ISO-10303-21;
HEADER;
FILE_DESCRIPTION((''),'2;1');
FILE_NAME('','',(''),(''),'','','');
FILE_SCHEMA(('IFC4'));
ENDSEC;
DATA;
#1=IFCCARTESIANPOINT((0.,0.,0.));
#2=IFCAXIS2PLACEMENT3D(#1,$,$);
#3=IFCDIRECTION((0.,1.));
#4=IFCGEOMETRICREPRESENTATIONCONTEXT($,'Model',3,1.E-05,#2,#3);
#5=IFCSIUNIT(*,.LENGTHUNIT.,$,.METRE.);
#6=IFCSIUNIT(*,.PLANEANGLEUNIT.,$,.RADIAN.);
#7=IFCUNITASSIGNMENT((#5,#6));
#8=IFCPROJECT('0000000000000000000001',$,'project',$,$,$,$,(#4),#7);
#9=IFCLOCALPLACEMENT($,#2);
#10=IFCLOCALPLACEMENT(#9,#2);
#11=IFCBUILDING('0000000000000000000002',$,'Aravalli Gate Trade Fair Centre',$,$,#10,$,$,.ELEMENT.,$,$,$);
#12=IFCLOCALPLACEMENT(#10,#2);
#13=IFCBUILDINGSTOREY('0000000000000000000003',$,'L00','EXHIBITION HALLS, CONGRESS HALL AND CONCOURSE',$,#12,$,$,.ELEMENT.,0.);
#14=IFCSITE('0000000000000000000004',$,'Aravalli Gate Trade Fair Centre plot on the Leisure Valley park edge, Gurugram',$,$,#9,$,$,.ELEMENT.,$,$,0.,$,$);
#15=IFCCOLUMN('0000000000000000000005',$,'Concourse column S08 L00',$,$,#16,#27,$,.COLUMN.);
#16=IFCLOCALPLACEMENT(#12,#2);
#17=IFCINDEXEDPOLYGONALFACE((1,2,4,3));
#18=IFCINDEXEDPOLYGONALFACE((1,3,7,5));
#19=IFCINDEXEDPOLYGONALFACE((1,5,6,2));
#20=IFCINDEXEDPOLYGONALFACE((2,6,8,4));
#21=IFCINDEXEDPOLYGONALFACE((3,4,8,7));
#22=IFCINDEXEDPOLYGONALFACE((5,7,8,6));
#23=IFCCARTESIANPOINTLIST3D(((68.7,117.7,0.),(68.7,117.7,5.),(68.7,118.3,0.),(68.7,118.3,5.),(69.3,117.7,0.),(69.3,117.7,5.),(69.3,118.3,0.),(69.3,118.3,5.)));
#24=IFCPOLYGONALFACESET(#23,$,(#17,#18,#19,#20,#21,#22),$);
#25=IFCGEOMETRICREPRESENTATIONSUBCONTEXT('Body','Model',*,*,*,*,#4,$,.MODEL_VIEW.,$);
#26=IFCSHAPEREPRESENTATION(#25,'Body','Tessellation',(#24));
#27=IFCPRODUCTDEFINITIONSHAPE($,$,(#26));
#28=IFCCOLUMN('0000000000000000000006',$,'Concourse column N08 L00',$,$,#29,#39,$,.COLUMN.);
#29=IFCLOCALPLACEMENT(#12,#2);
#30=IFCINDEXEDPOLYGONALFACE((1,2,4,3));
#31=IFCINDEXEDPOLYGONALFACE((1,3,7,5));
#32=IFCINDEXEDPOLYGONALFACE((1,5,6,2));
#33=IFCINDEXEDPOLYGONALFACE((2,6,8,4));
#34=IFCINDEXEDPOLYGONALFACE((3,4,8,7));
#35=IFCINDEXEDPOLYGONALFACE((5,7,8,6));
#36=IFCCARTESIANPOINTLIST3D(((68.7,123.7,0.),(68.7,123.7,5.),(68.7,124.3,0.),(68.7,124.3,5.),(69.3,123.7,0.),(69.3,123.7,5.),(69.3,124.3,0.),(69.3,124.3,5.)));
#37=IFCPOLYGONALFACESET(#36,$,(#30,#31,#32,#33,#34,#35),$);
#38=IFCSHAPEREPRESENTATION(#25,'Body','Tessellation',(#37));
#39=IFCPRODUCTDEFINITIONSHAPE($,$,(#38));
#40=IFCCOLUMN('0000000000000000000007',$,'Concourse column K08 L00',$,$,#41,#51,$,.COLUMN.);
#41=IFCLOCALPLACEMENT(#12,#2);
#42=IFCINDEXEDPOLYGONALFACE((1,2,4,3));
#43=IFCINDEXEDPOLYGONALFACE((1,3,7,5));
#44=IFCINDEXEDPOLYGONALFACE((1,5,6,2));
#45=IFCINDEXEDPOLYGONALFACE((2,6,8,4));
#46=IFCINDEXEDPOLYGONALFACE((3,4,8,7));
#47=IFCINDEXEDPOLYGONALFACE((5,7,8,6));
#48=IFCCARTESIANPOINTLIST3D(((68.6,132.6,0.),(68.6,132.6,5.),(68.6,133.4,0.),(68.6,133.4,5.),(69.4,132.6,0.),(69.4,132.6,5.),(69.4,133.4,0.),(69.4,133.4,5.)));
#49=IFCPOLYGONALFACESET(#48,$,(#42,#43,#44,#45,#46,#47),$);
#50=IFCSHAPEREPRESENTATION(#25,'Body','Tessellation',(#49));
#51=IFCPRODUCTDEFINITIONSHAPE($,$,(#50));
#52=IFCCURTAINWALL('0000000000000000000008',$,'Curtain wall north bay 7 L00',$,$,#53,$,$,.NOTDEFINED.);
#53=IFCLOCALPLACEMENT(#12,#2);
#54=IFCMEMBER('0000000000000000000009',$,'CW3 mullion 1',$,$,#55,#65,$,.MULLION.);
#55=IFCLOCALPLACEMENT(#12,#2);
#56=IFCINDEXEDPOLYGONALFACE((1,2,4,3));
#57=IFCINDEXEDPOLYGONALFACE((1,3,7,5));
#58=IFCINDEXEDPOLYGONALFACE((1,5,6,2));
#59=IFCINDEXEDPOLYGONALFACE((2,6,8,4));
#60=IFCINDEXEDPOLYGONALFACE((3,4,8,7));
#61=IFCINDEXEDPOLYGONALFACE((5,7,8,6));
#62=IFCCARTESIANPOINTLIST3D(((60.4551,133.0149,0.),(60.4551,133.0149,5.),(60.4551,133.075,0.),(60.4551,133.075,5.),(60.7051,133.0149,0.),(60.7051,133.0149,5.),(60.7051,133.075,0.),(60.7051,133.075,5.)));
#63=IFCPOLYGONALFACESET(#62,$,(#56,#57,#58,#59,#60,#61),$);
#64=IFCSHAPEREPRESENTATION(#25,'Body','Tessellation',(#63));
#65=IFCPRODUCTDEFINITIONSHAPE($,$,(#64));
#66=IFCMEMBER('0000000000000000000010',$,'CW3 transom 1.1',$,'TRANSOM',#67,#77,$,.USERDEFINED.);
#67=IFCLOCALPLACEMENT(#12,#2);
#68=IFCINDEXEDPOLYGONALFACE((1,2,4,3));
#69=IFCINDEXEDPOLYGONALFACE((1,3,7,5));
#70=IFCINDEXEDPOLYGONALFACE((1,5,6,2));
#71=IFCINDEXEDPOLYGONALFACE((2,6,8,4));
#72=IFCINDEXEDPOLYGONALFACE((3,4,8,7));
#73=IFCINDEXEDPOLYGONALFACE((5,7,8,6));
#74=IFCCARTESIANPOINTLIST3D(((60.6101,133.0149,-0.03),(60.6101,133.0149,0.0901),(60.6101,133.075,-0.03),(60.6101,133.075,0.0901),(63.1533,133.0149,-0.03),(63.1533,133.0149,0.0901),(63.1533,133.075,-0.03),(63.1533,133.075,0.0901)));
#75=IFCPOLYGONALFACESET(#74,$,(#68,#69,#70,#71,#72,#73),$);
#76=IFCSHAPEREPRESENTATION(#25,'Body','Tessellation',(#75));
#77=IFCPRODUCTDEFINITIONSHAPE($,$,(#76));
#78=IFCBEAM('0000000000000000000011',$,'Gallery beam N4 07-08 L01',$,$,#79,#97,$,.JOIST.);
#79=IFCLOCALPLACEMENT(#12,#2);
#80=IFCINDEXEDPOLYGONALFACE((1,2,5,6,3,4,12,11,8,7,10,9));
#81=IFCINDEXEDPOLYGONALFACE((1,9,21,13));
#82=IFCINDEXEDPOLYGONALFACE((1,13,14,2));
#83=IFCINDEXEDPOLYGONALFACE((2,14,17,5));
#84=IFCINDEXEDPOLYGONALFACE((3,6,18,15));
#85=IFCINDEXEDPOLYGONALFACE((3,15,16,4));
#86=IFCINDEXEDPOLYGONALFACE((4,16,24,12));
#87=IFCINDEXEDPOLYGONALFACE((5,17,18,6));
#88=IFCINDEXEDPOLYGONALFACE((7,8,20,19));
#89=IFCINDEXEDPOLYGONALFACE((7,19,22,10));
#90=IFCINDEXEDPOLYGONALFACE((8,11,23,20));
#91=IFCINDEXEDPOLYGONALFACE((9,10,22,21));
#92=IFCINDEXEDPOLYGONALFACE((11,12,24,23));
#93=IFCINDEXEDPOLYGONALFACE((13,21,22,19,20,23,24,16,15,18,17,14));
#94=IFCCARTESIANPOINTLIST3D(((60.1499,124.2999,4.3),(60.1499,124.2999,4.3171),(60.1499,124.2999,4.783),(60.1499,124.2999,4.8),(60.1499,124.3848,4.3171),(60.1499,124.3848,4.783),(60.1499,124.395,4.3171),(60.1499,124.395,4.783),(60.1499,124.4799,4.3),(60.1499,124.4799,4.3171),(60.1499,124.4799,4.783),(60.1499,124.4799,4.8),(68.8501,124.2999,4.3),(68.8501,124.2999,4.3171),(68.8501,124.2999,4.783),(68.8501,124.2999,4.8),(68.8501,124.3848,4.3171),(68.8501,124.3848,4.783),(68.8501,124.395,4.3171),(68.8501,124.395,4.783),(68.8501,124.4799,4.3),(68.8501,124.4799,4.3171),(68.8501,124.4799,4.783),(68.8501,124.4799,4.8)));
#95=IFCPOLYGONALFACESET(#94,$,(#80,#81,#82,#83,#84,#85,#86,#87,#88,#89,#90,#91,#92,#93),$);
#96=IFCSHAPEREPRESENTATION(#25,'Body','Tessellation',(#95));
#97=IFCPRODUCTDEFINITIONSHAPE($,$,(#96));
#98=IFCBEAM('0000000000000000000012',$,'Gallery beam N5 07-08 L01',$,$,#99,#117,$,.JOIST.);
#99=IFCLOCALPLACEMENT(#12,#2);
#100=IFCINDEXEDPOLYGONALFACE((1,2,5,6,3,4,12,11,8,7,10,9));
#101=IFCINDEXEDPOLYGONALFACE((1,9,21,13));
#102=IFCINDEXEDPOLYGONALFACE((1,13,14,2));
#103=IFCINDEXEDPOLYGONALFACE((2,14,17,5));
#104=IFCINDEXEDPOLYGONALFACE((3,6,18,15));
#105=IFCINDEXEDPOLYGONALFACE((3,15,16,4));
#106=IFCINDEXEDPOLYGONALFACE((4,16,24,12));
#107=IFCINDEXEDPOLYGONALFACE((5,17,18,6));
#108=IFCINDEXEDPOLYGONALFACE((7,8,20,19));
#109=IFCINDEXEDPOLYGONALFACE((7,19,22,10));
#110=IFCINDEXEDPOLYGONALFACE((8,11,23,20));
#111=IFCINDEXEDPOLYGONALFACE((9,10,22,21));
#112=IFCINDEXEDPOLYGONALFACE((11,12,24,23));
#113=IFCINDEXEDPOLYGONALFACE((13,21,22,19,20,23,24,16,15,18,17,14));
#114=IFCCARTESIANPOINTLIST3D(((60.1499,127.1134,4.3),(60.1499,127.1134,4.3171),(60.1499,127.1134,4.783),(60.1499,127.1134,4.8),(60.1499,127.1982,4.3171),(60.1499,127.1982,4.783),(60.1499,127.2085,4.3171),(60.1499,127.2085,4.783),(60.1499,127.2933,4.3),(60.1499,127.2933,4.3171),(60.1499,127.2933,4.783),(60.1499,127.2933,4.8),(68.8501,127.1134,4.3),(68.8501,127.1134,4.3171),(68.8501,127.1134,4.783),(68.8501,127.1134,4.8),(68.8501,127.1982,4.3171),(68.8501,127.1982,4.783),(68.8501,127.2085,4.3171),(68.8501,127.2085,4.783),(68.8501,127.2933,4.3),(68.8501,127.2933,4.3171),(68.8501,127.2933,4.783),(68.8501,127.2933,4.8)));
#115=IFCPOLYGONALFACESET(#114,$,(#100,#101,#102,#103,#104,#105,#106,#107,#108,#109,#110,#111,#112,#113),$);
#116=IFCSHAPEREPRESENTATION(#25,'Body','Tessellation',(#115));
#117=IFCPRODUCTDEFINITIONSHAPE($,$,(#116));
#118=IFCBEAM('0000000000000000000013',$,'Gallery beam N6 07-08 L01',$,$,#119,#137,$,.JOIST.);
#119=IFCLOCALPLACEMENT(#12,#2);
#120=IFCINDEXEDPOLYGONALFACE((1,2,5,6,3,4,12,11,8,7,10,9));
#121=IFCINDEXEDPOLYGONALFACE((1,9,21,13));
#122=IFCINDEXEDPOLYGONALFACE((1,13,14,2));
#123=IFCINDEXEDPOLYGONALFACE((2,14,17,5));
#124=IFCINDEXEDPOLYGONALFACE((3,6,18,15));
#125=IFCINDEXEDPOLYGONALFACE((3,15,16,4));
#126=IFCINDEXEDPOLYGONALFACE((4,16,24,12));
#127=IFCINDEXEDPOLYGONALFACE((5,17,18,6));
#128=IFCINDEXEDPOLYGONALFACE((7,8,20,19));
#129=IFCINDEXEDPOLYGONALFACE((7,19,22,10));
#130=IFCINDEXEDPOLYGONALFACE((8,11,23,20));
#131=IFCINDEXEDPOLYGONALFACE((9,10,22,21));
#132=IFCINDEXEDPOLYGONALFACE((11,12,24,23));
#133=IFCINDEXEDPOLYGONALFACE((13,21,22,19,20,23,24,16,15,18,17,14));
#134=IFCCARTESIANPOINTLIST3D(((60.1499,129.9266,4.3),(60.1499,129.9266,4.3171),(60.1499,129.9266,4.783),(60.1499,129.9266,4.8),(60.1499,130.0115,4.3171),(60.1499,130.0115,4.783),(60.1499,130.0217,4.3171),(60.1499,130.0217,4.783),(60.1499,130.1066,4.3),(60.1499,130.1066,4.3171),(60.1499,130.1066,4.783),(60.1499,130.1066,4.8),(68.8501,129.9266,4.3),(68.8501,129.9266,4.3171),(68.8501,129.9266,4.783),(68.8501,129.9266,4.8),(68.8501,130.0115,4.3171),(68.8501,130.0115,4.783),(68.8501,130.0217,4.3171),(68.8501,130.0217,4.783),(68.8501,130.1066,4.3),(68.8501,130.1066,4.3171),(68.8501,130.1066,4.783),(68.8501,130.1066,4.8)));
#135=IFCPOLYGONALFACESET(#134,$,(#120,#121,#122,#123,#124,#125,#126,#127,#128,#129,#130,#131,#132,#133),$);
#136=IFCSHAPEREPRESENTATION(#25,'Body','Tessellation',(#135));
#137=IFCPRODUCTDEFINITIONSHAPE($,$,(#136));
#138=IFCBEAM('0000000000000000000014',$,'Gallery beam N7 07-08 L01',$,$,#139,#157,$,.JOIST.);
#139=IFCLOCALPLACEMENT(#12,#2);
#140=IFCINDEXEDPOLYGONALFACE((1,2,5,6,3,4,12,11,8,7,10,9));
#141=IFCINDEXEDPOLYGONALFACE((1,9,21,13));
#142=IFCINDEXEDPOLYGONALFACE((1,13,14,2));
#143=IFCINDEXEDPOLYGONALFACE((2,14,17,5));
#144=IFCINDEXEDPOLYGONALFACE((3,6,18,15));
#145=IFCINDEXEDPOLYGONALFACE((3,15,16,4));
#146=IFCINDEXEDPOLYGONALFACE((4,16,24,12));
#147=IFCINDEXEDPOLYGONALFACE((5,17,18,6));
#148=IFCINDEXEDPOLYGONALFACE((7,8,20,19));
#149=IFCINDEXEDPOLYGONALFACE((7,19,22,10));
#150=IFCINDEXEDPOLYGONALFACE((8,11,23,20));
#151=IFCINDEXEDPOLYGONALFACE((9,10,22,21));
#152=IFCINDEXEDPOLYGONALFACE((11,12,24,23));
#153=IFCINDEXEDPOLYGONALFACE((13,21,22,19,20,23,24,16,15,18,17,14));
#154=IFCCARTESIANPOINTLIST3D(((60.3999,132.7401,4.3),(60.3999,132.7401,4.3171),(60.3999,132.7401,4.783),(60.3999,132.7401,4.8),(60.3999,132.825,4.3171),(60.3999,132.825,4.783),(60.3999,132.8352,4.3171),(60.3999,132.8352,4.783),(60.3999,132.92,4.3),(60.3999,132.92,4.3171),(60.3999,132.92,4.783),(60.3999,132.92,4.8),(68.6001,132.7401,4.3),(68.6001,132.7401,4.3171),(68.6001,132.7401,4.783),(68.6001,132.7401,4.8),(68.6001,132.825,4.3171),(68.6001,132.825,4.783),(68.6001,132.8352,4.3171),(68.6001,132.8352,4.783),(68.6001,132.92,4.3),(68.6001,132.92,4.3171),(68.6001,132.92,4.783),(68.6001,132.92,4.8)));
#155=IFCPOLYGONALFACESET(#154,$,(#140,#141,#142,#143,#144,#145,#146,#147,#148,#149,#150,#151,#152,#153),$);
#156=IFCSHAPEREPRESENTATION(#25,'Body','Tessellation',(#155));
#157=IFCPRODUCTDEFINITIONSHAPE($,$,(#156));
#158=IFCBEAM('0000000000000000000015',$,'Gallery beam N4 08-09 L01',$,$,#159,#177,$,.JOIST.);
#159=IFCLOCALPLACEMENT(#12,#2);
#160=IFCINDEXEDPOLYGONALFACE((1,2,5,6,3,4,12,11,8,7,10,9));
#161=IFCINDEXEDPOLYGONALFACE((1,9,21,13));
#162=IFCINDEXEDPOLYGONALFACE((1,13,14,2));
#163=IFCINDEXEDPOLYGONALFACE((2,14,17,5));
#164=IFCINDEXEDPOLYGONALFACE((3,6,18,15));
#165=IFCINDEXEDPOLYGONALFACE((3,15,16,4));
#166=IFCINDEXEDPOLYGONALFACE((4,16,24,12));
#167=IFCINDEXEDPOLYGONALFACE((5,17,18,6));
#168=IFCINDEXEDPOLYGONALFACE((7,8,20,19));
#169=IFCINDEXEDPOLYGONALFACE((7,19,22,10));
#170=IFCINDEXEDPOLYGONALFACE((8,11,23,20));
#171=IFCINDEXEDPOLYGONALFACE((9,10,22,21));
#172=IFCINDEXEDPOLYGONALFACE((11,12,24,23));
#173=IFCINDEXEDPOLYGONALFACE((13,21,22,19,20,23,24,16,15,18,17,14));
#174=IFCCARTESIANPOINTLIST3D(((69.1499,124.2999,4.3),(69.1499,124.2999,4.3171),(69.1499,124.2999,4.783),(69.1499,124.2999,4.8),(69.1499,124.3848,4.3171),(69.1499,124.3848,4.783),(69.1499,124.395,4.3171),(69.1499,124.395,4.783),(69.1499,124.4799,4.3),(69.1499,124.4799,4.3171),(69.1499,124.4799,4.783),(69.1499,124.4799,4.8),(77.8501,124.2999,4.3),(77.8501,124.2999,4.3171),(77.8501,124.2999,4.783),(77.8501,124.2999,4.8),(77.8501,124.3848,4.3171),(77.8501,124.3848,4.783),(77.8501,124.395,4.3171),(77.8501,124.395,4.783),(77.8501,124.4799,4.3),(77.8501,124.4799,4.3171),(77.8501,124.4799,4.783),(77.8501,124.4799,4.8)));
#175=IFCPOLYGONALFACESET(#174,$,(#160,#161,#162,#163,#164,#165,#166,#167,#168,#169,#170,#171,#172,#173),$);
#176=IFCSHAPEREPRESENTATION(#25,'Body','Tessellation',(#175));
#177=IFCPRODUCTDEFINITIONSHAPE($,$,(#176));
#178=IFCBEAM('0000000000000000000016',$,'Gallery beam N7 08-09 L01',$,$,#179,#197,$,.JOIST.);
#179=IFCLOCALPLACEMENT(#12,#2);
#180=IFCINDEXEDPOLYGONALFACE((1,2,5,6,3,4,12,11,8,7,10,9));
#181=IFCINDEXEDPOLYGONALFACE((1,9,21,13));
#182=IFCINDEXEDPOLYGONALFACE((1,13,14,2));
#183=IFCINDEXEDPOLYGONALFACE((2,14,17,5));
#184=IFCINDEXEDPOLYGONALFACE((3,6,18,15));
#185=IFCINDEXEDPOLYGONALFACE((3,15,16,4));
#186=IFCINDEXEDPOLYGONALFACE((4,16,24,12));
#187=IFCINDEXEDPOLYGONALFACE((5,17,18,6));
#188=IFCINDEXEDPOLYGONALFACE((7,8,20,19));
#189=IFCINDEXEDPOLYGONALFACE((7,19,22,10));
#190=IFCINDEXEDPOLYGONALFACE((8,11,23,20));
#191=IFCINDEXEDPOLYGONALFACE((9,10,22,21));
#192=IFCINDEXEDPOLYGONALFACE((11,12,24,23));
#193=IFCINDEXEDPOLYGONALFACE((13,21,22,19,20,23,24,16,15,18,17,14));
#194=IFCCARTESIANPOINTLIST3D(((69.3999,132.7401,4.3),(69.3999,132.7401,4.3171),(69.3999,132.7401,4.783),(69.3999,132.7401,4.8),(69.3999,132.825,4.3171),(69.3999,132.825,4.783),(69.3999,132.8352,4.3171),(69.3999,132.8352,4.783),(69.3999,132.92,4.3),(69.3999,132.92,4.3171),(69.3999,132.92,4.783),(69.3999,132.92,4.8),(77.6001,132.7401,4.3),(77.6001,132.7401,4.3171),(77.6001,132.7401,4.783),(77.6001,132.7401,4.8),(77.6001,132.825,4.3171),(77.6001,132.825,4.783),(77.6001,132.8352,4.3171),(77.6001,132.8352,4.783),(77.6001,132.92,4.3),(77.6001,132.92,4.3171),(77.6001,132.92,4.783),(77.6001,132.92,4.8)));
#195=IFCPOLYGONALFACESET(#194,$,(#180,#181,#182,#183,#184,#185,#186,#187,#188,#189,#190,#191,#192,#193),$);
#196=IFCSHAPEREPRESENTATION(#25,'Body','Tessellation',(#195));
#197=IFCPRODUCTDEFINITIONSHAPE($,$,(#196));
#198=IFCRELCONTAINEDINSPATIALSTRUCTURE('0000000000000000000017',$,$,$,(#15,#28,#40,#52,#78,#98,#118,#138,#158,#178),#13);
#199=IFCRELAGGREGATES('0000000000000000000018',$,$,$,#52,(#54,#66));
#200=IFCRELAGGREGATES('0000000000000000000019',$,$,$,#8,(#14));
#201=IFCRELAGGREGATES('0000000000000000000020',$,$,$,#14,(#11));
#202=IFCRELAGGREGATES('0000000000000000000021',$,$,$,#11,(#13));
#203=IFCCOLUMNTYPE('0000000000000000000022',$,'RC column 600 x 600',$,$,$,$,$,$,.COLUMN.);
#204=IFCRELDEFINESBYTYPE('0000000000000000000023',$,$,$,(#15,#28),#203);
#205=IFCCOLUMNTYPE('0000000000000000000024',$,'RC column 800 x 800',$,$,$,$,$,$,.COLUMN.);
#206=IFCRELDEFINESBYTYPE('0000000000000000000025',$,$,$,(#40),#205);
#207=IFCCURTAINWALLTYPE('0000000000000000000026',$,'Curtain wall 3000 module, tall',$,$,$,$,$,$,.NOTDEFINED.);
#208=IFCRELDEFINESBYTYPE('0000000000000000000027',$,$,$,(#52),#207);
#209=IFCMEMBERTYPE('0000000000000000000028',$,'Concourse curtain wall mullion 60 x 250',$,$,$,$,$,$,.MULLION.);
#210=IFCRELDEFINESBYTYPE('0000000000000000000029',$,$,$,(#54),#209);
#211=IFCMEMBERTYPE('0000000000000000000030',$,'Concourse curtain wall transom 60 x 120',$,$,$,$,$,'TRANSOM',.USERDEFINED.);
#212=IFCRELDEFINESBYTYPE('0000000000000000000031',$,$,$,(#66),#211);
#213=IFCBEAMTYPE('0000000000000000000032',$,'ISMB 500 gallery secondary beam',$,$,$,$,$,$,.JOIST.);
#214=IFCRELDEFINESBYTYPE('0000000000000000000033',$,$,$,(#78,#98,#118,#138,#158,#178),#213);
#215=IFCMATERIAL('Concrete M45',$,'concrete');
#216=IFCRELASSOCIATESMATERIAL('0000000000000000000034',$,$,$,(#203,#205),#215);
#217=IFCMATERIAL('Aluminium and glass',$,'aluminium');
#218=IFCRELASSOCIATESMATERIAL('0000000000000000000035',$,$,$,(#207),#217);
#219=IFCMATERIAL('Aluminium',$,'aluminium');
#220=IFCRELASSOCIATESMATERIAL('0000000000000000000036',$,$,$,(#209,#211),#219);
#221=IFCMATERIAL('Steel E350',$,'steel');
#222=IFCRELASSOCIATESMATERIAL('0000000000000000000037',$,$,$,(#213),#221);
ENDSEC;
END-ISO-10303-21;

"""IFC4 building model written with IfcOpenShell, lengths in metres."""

from ifc_helpers import new_model, si_unit, direction, frame, origin, origin_2d, place, context, subcontext, project, spatial, rectangle, i_section, extrude, material, material_profile, profile_set, type_object, element, aggregate, save


model = new_model("IFC4")

# Units and contexts
model_context = context("Model", 3, precision=1e-05, world=origin(), true_north=direction((0.0, 1.0)))
body_context = subcontext(model_context, "Body", "Model", "MODEL_VIEW")
ifc_project = project(units=[si_unit("LENGTHUNIT", "METRE"), si_unit("PLANEANGLEUNIT", "RADIAN")], contexts=[model_context])

# Site, building, storey
site_placement = place(None, origin())
site = spatial("IfcSite", under=ifc_project, at=site_placement, Name="Aravalli Gate Trade Fair Centre plot on the Leisure Valley park edge, Gurugram", CompositionType="ELEMENT", RefElevation=0.0)
building_placement = place(site_placement, origin())
building = spatial("IfcBuilding", under=site, at=building_placement, Name="Aravalli Gate Trade Fair Centre", CompositionType="ELEMENT")
storey_placement = place(building_placement, origin())
storey = spatial("IfcBuildingStorey", under=building, at=storey_placement, Name="L00", Description="EXHIBITION HALLS, CONGRESS HALL AND CONCOURSE", CompositionType="ELEMENT", Elevation=0.0)

# Columns
ifc_material_1 = material(Name="Concrete M45", Category="concrete")
ifc_material_profile_1 = material_profile(ifc_material_1, rectangle(XDim=0.6001, YDim=0.6001, at=origin_2d()), Name="RC column 600 x 600")
ifc_profile_set_1 = profile_set([ifc_material_profile_1], Name="Concrete M45")
column_type_1 = type_object("IfcColumnType", Name="RC column 600 x 600", PredefinedType="COLUMN", material=ifc_profile_set_1)
for number, where, z_axis, x_axis, name in (
    (1, (69.0, 118.0, 0.0), (0.0, 0.0, 1.0), (1.0, 0.0, 0.0), "Concourse column S08 L00"),
    (2, (69.0, 124.0, 0.0), (0.0, 0.0, 1.0), (1.0, 0.0, 0.0), "Concourse column N08 L00"),
):
    element("IfcColumn", number, at=place(storey_placement, frame(where, z_axis=z_axis, x_axis=x_axis)), inside=storey, type_object=column_type_1, Name=name, PredefinedType="COLUMN", context=body_context, shape_type="SweptSolid", body=[
        extrude(rectangle(XDim=0.6001, YDim=0.6001, at=origin_2d()), origin(), (0.0, 0.0, 1.0), 5.0),
    ])
ifc_material_profile_2 = material_profile(ifc_material_1, rectangle(XDim=0.8, YDim=0.8, at=origin_2d()), Name="RC column 800 x 800")
ifc_profile_set_2 = profile_set([ifc_material_profile_2], Name="Concrete M45")
column_type_2 = type_object("IfcColumnType", Name="RC column 800 x 800", PredefinedType="COLUMN", material=ifc_profile_set_2)
column_placement = place(storey_placement, frame((69.0, 133.0, 0.0), z_axis=(0.0, 0.0, 1.0), x_axis=(1.0, 0.0, 0.0)))
element("IfcColumn", 3, at=column_placement, inside=storey, type_object=column_type_2, Name="Concourse column K08 L00", PredefinedType="COLUMN", context=body_context, shape_type="SweptSolid", body=[
    extrude(rectangle(XDim=0.8, YDim=0.8, at=origin_2d()), origin(), (0.0, 0.0, 1.0), 5.0),
])

# Curtain wall, members
ifc_material_2 = material(Name="Aluminium and glass", Category="aluminium")
curtain_wall_type = type_object("IfcCurtainWallType", Name="Curtain wall 3000 module, tall", PredefinedType="NOTDEFINED", material=ifc_material_2)
curtain_wall_placement = place(storey_placement, origin())
curtain_wall = element("IfcCurtainWall", 4, at=curtain_wall_placement, inside=storey, type_object=curtain_wall_type, Name="Curtain wall north bay 7 L00", PredefinedType="NOTDEFINED")
ifc_material_3 = material(Name="Aluminium", Category="aluminium")
ifc_material_profile_3 = material_profile(ifc_material_3, rectangle(XDim=0.0601, YDim=0.25, at=origin_2d()), Name="Concourse curtain wall mullion 60 x 250")
ifc_profile_set_3 = profile_set([ifc_material_profile_3], Name="Aluminium")
member_type_1 = type_object("IfcMemberType", Name="Concourse curtain wall mullion 60 x 250", PredefinedType="MULLION", material=ifc_profile_set_3)
member_1_placement = place(storey_placement, frame((60.5801, 133.0449, 0.0), z_axis=(0.0, 0.0, 1.0), x_axis=(0.0, 1.0, 0.0)))
member_1 = element("IfcMember", 5, at=member_1_placement, type_object=member_type_1, Name="CW3 mullion 1", PredefinedType="MULLION", context=body_context, shape_type="SweptSolid", body=[
    extrude(rectangle(XDim=0.0601, YDim=0.25, at=origin_2d()), origin(), (0.0, 0.0, 1.0), 5.0),
])
ifc_material_profile_4 = material_profile(ifc_material_3, rectangle(XDim=0.0601, YDim=0.1201, at=origin_2d()), Name="Concourse curtain wall transom 60 x 120")
ifc_profile_set_4 = profile_set([ifc_material_profile_4], Name="Aluminium")
member_type_2 = type_object("IfcMemberType", Name="Concourse curtain wall transom 60 x 120", ElementType="TRANSOM", PredefinedType="USERDEFINED", material=ifc_profile_set_4)
member_2_placement = place(storey_placement, frame((60.6101, 133.0449, 0.03), z_axis=(1.0, 0.0, 0.0), x_axis=(0.0, 1.0, 0.0)))
member_2 = element("IfcMember", 6, at=member_2_placement, type_object=member_type_2, Name="CW3 transom 1.1", ObjectType="TRANSOM", PredefinedType="USERDEFINED", context=body_context, shape_type="SweptSolid", body=[
    extrude(rectangle(XDim=0.0601, YDim=0.1201, at=origin_2d()), origin(), (0.0, 0.0, 1.0), 2.5432),
])
aggregate(curtain_wall, [member_1, member_2])

# Beams
ifc_material_4 = material(Name="Steel E350", Category="steel")
ifc_material_profile_5 = material_profile(ifc_material_4, i_section(OverallWidth=0.1799, OverallDepth=0.5, WebThickness=0.0103, FlangeThickness=0.0171, at=origin_2d()), Name="ISMB 500")
ifc_profile_set_5 = profile_set([ifc_material_profile_5], Name="Steel E350")
beam_type_1 = type_object("IfcBeamType", Name="ISMB 500 gallery secondary beam", PredefinedType="JOIST", material=ifc_profile_set_5)
for number, where, z_axis, x_axis, name in (
    (7, (60.1499, 124.3899, 4.55), (1.0, 0.0, 0.0), (0.0, 1.0, 0.0), "Gallery beam N4 07-08 L01"),
    (8, (60.1499, 127.2034, 4.55), (1.0, 0.0, 0.0), (0.0, 1.0, 0.0), "Gallery beam N5 07-08 L01"),
    (9, (60.1499, 130.0166, 4.55), (1.0, 0.0, 0.0), (0.0, 1.0, 0.0), "Gallery beam N6 07-08 L01"),
):
    element("IfcBeam", number, at=place(storey_placement, frame(where, z_axis=z_axis, x_axis=x_axis)), inside=storey, type_object=beam_type_1, Name=name, PredefinedType="JOIST", context=body_context, shape_type="SweptSolid", body=[
        extrude(i_section(OverallWidth=0.1799, OverallDepth=0.5, WebThickness=0.0103, FlangeThickness=0.0171, at=origin_2d()), origin(), (0.0, 0.0, 1.0), 8.7002),
    ])
beam_1_placement = place(storey_placement, frame((60.3999, 132.8301, 4.55), z_axis=(1.0, 0.0, 0.0), x_axis=(0.0, 1.0, 0.0)))
element("IfcBeam", 10, at=beam_1_placement, inside=storey, type_object=beam_type_1, Name="Gallery beam N7 07-08 L01", PredefinedType="JOIST", context=body_context, shape_type="SweptSolid", body=[
    extrude(i_section(OverallWidth=0.1799, OverallDepth=0.5, WebThickness=0.0103, FlangeThickness=0.0171, at=origin_2d()), origin(), (0.0, 0.0, 1.0), 8.2002),
])
beam_2_placement = place(storey_placement, frame((69.1499, 124.3899, 4.55), z_axis=(1.0, 0.0, 0.0), x_axis=(0.0, 1.0, 0.0)))
element("IfcBeam", 11, at=beam_2_placement, inside=storey, type_object=beam_type_1, Name="Gallery beam N4 08-09 L01", PredefinedType="JOIST", context=body_context, shape_type="SweptSolid", body=[
    extrude(i_section(OverallWidth=0.1799, OverallDepth=0.5, WebThickness=0.0103, FlangeThickness=0.0171, at=origin_2d()), origin(), (0.0, 0.0, 1.0), 8.7002),
])
beam_3_placement = place(storey_placement, frame((69.3999, 132.8301, 4.55), z_axis=(1.0, 0.0, 0.0), x_axis=(0.0, 1.0, 0.0)))
element("IfcBeam", 12, at=beam_3_placement, inside=storey, type_object=beam_type_1, Name="Gallery beam N7 08-09 L01", PredefinedType="JOIST", context=body_context, shape_type="SweptSolid", body=[
    extrude(i_section(OverallWidth=0.1799, OverallDepth=0.5, WebThickness=0.0103, FlangeThickness=0.0171, at=origin_2d()), origin(), (0.0, 0.0, 1.0), 8.2002),
])

save(model, "model.ifc")
